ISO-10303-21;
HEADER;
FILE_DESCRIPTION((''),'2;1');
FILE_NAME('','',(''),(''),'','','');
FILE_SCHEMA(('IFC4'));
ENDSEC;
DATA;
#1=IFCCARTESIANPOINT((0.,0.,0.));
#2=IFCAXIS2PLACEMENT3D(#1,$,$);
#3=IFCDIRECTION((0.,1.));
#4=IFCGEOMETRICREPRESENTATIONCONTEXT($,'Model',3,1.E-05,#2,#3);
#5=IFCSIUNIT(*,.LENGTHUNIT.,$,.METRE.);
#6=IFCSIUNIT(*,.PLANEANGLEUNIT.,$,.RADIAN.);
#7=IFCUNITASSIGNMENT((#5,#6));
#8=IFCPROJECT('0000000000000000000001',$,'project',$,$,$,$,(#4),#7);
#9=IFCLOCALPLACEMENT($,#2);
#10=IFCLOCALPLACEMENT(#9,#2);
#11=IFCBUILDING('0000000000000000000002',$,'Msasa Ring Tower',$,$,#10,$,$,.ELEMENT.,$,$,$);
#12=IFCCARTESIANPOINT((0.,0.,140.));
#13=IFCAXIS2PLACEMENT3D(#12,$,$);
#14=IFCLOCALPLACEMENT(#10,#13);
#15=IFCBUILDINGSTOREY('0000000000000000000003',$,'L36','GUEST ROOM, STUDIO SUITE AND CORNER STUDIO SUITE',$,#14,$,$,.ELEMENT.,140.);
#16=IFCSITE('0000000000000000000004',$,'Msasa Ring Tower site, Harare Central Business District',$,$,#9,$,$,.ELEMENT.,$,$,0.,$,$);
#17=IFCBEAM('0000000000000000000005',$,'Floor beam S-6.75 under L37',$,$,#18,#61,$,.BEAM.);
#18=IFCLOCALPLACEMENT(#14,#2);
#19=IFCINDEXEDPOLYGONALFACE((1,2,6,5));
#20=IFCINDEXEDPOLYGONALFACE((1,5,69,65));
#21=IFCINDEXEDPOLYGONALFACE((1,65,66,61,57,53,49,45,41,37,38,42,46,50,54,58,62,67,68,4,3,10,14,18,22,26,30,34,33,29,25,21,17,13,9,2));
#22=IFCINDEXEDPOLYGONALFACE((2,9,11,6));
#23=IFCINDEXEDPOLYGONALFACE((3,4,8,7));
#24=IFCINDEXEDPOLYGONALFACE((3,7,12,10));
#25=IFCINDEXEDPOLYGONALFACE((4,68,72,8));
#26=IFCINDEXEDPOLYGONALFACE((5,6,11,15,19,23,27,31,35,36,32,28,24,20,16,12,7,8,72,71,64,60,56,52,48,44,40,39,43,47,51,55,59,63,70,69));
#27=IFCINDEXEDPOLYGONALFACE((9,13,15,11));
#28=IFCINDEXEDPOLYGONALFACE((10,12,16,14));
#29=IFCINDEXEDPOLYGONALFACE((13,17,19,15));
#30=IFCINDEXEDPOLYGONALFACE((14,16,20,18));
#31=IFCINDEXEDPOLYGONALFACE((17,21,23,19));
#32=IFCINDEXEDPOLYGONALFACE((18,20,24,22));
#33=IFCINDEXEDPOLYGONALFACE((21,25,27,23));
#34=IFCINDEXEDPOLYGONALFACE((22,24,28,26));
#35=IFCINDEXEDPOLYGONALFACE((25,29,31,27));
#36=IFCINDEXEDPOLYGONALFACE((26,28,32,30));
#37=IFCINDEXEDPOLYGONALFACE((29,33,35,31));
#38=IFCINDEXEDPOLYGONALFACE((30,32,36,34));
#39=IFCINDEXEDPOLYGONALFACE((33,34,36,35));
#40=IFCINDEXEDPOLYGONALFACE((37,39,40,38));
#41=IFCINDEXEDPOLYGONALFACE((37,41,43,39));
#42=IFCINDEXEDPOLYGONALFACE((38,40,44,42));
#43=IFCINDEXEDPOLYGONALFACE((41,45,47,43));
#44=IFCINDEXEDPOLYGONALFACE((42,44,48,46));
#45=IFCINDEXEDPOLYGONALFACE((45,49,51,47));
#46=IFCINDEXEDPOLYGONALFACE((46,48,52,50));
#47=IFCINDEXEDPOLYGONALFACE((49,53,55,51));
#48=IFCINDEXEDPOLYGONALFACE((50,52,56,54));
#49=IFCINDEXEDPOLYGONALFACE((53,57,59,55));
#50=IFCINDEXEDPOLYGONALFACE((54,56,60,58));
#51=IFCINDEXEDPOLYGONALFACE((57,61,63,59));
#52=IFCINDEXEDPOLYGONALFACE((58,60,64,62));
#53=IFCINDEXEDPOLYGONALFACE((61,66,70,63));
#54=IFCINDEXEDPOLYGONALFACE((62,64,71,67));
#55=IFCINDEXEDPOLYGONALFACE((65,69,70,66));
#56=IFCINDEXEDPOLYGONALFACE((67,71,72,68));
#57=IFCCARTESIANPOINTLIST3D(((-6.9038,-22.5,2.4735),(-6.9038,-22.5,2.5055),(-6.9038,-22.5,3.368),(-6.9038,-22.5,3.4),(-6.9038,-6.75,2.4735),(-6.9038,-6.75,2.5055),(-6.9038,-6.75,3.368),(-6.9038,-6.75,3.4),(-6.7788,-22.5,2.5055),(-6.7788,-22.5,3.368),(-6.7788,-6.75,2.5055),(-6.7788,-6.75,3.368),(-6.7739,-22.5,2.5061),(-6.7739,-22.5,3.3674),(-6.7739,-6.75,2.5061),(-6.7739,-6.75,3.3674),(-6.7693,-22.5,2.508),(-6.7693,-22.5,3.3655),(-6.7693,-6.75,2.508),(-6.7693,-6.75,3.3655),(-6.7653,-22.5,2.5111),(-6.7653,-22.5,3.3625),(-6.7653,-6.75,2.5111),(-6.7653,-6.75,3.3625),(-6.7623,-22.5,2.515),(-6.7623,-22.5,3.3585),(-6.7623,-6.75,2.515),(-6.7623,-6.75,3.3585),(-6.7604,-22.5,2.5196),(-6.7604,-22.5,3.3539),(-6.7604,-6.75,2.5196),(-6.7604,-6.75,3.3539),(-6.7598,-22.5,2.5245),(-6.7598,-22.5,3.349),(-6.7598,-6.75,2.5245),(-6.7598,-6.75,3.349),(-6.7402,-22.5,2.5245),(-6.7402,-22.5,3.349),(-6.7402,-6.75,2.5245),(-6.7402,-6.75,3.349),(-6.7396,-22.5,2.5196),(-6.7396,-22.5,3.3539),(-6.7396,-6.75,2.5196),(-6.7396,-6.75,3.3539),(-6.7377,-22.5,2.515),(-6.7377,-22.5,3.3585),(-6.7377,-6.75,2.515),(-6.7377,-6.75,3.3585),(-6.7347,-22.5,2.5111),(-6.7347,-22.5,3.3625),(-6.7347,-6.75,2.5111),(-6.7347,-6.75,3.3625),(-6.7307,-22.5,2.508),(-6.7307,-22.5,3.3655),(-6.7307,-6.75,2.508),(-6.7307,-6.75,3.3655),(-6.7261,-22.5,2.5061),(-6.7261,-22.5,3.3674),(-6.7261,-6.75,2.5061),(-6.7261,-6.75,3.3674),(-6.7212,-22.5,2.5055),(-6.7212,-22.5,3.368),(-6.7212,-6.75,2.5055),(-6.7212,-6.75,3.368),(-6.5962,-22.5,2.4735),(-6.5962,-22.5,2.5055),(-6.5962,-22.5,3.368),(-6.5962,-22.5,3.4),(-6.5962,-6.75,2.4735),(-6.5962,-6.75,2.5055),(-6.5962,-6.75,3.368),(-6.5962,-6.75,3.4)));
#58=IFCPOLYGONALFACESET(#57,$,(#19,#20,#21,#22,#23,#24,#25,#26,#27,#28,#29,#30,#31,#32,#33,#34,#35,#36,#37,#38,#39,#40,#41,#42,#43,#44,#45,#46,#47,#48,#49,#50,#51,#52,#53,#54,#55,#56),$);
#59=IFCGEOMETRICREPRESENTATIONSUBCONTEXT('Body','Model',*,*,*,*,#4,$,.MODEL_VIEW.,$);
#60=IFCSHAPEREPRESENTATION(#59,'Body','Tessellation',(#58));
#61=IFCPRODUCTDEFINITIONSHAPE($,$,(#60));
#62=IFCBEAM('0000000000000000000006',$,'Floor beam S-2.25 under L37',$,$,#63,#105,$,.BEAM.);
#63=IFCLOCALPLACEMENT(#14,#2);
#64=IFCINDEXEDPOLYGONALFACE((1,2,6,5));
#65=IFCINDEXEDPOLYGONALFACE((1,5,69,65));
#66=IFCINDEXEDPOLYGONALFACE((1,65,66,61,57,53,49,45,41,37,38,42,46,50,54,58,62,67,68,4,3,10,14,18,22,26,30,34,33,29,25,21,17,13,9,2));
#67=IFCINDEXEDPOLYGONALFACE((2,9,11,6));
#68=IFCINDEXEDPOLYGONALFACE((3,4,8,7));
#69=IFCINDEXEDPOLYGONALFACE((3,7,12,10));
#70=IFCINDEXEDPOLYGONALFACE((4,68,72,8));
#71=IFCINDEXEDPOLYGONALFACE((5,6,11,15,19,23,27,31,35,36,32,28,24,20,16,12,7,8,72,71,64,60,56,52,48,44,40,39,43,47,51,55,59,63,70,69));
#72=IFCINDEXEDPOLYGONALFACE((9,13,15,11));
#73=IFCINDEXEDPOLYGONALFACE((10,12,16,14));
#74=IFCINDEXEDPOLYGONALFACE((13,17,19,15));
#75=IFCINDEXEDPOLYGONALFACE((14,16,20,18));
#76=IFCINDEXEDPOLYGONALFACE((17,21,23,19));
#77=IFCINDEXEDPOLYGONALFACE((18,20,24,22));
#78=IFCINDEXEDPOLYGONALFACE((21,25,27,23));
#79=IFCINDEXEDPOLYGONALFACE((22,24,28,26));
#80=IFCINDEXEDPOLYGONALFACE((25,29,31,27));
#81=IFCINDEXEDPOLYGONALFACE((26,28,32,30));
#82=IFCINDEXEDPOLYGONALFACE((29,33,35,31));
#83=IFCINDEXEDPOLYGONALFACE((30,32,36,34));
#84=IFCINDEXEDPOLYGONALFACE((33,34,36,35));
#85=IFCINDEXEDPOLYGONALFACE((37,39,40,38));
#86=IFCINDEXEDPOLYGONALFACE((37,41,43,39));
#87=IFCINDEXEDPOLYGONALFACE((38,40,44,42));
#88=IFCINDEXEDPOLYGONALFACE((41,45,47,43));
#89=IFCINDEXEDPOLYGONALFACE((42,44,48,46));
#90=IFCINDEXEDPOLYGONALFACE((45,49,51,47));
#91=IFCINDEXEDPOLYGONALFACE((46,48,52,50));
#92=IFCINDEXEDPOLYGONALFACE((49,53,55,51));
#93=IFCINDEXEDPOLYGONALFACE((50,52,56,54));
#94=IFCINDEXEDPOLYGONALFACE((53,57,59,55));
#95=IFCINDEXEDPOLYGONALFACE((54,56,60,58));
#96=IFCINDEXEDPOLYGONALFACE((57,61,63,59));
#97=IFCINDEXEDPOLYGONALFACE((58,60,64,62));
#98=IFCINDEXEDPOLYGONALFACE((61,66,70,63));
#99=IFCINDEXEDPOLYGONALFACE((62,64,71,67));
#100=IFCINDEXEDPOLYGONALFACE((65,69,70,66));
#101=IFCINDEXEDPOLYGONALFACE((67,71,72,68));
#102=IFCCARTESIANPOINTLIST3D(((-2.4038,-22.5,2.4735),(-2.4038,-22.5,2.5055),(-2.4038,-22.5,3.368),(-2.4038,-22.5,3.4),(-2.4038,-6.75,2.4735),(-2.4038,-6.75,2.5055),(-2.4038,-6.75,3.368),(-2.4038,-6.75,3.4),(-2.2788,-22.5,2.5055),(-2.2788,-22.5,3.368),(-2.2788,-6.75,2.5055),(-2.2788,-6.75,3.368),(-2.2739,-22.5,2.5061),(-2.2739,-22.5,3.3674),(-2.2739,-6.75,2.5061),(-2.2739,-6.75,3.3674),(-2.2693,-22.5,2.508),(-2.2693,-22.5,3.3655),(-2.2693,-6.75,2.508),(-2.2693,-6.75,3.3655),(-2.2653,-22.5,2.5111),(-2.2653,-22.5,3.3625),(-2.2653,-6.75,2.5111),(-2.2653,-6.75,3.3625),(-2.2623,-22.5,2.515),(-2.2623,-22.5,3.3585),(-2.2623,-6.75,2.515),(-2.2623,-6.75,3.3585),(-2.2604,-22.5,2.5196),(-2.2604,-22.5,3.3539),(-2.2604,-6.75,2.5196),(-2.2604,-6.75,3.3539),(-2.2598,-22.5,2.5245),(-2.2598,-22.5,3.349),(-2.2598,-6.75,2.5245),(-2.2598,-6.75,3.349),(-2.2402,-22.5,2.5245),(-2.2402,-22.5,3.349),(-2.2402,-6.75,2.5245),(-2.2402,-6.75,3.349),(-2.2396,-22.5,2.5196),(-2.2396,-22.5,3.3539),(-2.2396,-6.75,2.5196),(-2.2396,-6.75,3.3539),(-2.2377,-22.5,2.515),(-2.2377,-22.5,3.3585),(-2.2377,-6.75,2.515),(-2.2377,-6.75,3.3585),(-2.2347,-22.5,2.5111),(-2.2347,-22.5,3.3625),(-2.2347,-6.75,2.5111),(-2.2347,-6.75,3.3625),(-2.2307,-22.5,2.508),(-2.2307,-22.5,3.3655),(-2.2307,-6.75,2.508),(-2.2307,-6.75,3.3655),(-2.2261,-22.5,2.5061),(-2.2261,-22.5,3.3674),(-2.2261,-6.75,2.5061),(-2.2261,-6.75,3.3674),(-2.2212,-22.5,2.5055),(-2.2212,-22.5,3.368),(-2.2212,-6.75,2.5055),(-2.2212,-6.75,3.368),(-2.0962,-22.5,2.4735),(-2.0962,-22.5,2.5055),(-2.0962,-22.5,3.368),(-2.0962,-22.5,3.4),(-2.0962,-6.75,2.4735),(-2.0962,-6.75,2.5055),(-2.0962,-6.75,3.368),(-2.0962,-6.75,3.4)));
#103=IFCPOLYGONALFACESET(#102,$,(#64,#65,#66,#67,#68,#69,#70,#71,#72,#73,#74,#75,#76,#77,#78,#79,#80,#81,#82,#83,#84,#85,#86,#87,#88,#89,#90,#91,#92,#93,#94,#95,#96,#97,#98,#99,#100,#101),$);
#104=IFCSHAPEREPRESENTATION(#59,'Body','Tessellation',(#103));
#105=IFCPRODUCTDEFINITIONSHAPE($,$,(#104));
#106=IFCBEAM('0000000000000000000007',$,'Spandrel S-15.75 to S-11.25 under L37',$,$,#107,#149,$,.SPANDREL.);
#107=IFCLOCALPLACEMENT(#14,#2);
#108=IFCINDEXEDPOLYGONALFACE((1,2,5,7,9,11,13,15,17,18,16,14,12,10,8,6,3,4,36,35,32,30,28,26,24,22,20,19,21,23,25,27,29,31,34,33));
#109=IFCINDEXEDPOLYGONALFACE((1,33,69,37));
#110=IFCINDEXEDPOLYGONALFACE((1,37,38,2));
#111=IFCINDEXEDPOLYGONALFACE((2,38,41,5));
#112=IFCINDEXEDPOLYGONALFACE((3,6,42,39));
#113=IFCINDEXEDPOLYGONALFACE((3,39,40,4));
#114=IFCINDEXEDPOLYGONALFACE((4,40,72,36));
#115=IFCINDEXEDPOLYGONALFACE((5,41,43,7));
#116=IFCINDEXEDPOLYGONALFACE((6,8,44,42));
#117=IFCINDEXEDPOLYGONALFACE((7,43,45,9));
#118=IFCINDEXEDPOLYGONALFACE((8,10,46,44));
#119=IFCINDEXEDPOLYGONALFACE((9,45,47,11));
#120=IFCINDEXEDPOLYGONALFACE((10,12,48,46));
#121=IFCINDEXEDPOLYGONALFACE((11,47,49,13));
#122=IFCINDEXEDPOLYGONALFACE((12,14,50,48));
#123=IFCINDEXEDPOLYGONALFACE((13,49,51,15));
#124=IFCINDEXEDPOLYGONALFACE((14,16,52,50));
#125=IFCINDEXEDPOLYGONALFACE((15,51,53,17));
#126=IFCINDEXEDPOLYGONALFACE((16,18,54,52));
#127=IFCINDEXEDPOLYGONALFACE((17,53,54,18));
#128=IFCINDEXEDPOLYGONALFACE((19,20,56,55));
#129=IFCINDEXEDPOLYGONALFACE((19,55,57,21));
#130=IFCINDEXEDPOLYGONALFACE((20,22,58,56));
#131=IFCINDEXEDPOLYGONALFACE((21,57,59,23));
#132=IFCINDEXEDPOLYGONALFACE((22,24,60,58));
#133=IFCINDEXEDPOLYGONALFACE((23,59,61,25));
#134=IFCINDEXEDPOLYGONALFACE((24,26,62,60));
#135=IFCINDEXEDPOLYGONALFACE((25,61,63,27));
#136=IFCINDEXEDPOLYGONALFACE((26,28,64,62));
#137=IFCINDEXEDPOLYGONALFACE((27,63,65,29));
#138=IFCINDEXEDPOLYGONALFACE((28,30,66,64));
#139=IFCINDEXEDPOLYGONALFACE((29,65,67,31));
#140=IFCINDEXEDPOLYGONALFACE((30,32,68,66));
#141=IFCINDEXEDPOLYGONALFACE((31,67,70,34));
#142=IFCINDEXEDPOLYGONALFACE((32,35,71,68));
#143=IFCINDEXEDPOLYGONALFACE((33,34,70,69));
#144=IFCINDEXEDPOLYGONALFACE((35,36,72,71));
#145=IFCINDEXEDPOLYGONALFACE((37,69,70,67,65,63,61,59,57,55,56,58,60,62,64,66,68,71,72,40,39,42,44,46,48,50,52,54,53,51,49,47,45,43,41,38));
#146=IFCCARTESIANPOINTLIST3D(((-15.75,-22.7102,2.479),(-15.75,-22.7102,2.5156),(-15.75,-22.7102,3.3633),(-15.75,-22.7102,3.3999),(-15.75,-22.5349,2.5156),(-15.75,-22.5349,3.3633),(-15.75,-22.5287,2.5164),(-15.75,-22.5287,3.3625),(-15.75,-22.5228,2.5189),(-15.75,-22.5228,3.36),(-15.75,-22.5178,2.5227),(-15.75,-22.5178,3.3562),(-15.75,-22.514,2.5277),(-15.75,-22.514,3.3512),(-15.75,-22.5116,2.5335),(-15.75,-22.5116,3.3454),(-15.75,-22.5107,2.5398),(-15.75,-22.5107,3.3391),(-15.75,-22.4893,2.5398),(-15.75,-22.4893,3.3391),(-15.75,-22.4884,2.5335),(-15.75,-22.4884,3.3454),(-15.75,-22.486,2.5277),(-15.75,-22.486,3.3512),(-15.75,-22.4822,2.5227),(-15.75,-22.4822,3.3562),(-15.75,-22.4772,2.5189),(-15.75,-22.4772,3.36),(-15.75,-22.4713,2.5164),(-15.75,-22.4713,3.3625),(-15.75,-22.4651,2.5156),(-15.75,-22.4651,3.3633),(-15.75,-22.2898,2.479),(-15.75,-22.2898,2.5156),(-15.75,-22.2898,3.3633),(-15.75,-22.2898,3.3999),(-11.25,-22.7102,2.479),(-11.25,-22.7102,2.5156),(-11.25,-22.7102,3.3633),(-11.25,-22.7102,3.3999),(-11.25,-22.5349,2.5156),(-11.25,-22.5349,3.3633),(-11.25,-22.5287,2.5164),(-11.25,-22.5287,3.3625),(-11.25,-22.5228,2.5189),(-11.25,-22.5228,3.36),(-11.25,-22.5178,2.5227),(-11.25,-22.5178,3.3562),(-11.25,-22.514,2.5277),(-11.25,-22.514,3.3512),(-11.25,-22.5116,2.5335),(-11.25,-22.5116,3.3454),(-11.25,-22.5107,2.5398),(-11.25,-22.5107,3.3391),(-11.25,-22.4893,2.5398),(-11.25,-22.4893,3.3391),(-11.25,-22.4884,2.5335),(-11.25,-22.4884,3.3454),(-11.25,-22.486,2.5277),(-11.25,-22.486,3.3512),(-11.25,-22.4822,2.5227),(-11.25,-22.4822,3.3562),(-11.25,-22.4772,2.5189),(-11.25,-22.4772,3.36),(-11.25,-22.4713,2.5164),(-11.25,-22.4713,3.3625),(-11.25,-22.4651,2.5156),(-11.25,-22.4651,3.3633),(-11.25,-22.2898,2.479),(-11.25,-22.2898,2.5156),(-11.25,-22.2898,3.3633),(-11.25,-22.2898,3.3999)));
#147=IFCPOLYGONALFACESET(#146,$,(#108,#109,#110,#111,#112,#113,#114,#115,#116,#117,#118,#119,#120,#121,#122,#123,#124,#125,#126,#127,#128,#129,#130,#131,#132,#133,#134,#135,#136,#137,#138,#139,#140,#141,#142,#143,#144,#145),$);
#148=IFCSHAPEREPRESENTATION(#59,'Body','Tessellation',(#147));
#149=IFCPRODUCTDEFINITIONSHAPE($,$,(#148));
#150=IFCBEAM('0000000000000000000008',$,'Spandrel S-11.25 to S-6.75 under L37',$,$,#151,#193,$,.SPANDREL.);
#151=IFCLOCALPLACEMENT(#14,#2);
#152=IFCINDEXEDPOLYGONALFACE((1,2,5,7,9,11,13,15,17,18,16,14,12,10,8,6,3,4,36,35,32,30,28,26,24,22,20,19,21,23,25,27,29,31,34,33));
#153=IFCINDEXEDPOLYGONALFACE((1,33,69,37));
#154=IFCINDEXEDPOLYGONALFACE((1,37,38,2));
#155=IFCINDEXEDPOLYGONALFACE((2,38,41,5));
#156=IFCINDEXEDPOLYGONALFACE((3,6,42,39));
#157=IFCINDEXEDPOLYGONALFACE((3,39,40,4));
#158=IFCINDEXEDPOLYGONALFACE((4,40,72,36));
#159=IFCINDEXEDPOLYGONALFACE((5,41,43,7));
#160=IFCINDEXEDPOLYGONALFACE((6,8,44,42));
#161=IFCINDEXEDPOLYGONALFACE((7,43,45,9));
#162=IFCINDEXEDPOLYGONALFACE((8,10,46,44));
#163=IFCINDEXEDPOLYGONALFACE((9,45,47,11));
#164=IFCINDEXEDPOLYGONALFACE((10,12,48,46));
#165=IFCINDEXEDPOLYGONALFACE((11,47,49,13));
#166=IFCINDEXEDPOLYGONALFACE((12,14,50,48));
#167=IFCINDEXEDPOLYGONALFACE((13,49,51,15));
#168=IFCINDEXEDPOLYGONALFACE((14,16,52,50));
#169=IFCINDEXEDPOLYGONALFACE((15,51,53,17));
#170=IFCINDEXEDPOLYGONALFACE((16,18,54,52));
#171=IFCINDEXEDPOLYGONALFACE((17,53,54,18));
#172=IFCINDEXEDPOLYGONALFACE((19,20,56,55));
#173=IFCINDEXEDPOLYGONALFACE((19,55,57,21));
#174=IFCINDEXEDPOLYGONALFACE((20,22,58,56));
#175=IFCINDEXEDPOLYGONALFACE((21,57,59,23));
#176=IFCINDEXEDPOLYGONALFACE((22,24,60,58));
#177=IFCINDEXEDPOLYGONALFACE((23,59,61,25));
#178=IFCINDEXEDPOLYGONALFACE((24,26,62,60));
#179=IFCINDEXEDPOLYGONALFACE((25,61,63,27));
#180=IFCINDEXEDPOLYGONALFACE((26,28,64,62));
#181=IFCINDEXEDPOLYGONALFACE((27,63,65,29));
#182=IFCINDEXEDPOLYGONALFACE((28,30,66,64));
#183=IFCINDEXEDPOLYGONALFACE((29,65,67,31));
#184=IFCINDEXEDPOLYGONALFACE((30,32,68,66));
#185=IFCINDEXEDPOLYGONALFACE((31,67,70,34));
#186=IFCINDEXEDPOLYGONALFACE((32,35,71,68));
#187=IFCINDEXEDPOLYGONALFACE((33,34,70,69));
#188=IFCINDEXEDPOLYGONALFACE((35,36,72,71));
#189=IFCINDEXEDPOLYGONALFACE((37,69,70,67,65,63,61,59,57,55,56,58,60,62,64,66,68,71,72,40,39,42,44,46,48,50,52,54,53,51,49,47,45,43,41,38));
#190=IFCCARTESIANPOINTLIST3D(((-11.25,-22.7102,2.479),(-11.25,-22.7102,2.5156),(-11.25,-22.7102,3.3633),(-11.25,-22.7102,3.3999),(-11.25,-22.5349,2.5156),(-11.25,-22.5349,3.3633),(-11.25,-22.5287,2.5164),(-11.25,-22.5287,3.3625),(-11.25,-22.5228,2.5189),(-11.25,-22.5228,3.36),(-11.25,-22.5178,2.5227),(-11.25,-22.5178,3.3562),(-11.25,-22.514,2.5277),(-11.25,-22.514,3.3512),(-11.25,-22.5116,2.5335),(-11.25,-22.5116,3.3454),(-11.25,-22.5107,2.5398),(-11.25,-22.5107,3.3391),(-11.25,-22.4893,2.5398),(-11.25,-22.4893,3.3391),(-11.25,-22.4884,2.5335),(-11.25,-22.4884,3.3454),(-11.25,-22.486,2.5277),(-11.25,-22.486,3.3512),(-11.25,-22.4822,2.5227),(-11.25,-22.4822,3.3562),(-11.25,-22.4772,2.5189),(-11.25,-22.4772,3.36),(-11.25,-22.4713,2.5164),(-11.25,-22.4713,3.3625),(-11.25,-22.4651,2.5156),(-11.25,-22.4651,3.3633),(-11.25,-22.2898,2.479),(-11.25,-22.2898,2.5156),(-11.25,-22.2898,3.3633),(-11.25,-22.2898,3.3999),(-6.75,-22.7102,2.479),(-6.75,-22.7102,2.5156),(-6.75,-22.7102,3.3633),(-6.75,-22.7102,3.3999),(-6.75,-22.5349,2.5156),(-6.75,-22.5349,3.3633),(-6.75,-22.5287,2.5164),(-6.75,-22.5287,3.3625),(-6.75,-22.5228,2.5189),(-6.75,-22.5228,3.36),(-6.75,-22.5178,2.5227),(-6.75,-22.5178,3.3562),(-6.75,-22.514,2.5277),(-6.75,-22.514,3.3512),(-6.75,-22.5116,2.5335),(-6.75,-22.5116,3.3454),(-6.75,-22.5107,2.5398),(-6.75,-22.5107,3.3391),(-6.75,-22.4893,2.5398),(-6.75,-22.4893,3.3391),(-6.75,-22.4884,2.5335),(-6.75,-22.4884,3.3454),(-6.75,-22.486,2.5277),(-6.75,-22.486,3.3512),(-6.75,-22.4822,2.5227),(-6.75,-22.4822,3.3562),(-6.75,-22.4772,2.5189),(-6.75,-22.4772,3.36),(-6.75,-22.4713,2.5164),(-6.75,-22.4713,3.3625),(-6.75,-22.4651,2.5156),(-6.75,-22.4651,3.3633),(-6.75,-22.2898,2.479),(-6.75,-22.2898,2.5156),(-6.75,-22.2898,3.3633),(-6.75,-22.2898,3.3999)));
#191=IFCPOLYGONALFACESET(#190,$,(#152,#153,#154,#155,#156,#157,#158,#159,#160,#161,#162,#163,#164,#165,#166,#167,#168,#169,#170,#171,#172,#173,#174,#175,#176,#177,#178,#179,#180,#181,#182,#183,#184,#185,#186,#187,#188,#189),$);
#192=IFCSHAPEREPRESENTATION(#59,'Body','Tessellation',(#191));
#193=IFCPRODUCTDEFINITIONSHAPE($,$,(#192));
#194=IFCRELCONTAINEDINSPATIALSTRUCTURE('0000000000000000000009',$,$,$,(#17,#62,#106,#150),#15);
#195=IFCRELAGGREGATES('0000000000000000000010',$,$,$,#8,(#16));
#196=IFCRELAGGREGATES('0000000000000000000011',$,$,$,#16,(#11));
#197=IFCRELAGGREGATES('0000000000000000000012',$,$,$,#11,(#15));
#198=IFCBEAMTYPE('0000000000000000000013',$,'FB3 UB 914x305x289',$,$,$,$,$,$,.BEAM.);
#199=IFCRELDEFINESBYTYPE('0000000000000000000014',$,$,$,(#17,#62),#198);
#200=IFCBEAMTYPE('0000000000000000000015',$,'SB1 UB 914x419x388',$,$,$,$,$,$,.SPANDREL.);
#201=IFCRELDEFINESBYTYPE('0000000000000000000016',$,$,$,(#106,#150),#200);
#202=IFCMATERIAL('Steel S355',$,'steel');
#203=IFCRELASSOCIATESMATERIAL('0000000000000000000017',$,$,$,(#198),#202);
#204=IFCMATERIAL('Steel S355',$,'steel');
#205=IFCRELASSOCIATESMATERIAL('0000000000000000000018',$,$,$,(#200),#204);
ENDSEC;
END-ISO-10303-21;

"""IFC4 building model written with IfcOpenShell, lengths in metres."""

from ifc_helpers import new_model, si_unit, direction, frame, origin, origin_2d, place, context, subcontext, project, spatial, i_section, extrude, material, material_profile, profile_set, type_object, element, save


model = new_model("IFC4")

# Units and contexts
model_context = context("Model", 3, precision=1e-05, world=origin(), true_north=direction((0.0, 1.0)))
body_context = subcontext(model_context, "Body", "Model", "MODEL_VIEW")
ifc_project = project(units=[si_unit("LENGTHUNIT", "METRE"), si_unit("PLANEANGLEUNIT", "RADIAN")], contexts=[model_context])

# Site, building, storey
site_placement = place(None, origin())
site = spatial("IfcSite", under=ifc_project, at=site_placement, Name="Msasa Ring Tower site, Harare Central Business District", CompositionType="ELEMENT", RefElevation=0.0)
building_placement = place(site_placement, origin())
building = spatial("IfcBuilding", under=site, at=building_placement, Name="Msasa Ring Tower", CompositionType="ELEMENT")
storey_placement = place(building_placement, frame((0.0, 0.0, 140.0)))
storey = spatial("IfcBuildingStorey", under=building, at=storey_placement, Name="L36", Description="GUEST ROOM, STUDIO SUITE AND CORNER STUDIO SUITE", CompositionType="ELEMENT", Elevation=140.0)

# Beams
ifc_material_1 = material(Name="Steel S355", Category="steel")
ifc_material_profile_1 = material_profile(ifc_material_1, i_section(OverallWidth=0.3076, OverallDepth=0.9265, WebThickness=0.0195, FlangeThickness=0.032, FilletRadius=0.019, at=origin_2d()), Name="UB 914x305x289")
ifc_profile_set_1 = profile_set([ifc_material_profile_1], Name="Steel S355")
beam_type_1 = type_object("IfcBeamType", Name="FB3 UB 914x305x289", PredefinedType="BEAM", material=ifc_profile_set_1)
for number, where, z_axis, x_axis, name in (
    (1, (-6.75, -22.5, 2.9368), (0.0, 1.0, 0.0), (-1.0, 0.0, 0.0), "Floor beam S-6.75 under L37"),
    (2, (-2.25, -22.5, 2.9368), (0.0, 1.0, 0.0), (-1.0, 0.0, 0.0), "Floor beam S-2.25 under L37"),
):
    element("IfcBeam", number, at=place(storey_placement, frame(where, z_axis=z_axis, x_axis=x_axis)), inside=storey, type_object=beam_type_1, Name=name, PredefinedType="BEAM", context=body_context, shape_type="SweptSolid", body=[
        extrude(i_section(OverallWidth=0.3076, OverallDepth=0.9265, WebThickness=0.0195, FlangeThickness=0.032, FilletRadius=0.019, at=origin_2d()), origin(), (0.0, 0.0, 1.0), 15.75),
    ])
ifc_material_2 = material(Name="Steel S355", Category="steel")
ifc_material_profile_2 = material_profile(ifc_material_2, i_section(OverallWidth=0.4204, OverallDepth=0.9209, WebThickness=0.0215, FlangeThickness=0.0366, FilletRadius=0.0242, at=origin_2d()), Name="UB 914x419x388")
ifc_profile_set_2 = profile_set([ifc_material_profile_2], Name="Steel S355")
beam_type_2 = type_object("IfcBeamType", Name="SB1 UB 914x419x388", PredefinedType="SPANDREL", material=ifc_profile_set_2)
for number, where, z_axis, x_axis, name in (
    (3, (-15.75, -22.5, 2.9395), (1.0, 0.0, 0.0), (0.0, 1.0, 0.0), "Spandrel S-15.75 to S-11.25 under L37"),
    (4, (-11.25, -22.5, 2.9395), (1.0, 0.0, 0.0), (0.0, 1.0, 0.0), "Spandrel S-11.25 to S-6.75 under L37"),
):
    element("IfcBeam", number, at=place(storey_placement, frame(where, z_axis=z_axis, x_axis=x_axis)), inside=storey, type_object=beam_type_2, Name=name, PredefinedType="SPANDREL", context=body_context, shape_type="SweptSolid", body=[
        extrude(i_section(OverallWidth=0.4204, OverallDepth=0.9209, WebThickness=0.0215, FlangeThickness=0.0366, FilletRadius=0.0242, at=origin_2d()), origin(), (0.0, 0.0, 1.0), 4.5),
    ])

save(model, "model.ifc")
